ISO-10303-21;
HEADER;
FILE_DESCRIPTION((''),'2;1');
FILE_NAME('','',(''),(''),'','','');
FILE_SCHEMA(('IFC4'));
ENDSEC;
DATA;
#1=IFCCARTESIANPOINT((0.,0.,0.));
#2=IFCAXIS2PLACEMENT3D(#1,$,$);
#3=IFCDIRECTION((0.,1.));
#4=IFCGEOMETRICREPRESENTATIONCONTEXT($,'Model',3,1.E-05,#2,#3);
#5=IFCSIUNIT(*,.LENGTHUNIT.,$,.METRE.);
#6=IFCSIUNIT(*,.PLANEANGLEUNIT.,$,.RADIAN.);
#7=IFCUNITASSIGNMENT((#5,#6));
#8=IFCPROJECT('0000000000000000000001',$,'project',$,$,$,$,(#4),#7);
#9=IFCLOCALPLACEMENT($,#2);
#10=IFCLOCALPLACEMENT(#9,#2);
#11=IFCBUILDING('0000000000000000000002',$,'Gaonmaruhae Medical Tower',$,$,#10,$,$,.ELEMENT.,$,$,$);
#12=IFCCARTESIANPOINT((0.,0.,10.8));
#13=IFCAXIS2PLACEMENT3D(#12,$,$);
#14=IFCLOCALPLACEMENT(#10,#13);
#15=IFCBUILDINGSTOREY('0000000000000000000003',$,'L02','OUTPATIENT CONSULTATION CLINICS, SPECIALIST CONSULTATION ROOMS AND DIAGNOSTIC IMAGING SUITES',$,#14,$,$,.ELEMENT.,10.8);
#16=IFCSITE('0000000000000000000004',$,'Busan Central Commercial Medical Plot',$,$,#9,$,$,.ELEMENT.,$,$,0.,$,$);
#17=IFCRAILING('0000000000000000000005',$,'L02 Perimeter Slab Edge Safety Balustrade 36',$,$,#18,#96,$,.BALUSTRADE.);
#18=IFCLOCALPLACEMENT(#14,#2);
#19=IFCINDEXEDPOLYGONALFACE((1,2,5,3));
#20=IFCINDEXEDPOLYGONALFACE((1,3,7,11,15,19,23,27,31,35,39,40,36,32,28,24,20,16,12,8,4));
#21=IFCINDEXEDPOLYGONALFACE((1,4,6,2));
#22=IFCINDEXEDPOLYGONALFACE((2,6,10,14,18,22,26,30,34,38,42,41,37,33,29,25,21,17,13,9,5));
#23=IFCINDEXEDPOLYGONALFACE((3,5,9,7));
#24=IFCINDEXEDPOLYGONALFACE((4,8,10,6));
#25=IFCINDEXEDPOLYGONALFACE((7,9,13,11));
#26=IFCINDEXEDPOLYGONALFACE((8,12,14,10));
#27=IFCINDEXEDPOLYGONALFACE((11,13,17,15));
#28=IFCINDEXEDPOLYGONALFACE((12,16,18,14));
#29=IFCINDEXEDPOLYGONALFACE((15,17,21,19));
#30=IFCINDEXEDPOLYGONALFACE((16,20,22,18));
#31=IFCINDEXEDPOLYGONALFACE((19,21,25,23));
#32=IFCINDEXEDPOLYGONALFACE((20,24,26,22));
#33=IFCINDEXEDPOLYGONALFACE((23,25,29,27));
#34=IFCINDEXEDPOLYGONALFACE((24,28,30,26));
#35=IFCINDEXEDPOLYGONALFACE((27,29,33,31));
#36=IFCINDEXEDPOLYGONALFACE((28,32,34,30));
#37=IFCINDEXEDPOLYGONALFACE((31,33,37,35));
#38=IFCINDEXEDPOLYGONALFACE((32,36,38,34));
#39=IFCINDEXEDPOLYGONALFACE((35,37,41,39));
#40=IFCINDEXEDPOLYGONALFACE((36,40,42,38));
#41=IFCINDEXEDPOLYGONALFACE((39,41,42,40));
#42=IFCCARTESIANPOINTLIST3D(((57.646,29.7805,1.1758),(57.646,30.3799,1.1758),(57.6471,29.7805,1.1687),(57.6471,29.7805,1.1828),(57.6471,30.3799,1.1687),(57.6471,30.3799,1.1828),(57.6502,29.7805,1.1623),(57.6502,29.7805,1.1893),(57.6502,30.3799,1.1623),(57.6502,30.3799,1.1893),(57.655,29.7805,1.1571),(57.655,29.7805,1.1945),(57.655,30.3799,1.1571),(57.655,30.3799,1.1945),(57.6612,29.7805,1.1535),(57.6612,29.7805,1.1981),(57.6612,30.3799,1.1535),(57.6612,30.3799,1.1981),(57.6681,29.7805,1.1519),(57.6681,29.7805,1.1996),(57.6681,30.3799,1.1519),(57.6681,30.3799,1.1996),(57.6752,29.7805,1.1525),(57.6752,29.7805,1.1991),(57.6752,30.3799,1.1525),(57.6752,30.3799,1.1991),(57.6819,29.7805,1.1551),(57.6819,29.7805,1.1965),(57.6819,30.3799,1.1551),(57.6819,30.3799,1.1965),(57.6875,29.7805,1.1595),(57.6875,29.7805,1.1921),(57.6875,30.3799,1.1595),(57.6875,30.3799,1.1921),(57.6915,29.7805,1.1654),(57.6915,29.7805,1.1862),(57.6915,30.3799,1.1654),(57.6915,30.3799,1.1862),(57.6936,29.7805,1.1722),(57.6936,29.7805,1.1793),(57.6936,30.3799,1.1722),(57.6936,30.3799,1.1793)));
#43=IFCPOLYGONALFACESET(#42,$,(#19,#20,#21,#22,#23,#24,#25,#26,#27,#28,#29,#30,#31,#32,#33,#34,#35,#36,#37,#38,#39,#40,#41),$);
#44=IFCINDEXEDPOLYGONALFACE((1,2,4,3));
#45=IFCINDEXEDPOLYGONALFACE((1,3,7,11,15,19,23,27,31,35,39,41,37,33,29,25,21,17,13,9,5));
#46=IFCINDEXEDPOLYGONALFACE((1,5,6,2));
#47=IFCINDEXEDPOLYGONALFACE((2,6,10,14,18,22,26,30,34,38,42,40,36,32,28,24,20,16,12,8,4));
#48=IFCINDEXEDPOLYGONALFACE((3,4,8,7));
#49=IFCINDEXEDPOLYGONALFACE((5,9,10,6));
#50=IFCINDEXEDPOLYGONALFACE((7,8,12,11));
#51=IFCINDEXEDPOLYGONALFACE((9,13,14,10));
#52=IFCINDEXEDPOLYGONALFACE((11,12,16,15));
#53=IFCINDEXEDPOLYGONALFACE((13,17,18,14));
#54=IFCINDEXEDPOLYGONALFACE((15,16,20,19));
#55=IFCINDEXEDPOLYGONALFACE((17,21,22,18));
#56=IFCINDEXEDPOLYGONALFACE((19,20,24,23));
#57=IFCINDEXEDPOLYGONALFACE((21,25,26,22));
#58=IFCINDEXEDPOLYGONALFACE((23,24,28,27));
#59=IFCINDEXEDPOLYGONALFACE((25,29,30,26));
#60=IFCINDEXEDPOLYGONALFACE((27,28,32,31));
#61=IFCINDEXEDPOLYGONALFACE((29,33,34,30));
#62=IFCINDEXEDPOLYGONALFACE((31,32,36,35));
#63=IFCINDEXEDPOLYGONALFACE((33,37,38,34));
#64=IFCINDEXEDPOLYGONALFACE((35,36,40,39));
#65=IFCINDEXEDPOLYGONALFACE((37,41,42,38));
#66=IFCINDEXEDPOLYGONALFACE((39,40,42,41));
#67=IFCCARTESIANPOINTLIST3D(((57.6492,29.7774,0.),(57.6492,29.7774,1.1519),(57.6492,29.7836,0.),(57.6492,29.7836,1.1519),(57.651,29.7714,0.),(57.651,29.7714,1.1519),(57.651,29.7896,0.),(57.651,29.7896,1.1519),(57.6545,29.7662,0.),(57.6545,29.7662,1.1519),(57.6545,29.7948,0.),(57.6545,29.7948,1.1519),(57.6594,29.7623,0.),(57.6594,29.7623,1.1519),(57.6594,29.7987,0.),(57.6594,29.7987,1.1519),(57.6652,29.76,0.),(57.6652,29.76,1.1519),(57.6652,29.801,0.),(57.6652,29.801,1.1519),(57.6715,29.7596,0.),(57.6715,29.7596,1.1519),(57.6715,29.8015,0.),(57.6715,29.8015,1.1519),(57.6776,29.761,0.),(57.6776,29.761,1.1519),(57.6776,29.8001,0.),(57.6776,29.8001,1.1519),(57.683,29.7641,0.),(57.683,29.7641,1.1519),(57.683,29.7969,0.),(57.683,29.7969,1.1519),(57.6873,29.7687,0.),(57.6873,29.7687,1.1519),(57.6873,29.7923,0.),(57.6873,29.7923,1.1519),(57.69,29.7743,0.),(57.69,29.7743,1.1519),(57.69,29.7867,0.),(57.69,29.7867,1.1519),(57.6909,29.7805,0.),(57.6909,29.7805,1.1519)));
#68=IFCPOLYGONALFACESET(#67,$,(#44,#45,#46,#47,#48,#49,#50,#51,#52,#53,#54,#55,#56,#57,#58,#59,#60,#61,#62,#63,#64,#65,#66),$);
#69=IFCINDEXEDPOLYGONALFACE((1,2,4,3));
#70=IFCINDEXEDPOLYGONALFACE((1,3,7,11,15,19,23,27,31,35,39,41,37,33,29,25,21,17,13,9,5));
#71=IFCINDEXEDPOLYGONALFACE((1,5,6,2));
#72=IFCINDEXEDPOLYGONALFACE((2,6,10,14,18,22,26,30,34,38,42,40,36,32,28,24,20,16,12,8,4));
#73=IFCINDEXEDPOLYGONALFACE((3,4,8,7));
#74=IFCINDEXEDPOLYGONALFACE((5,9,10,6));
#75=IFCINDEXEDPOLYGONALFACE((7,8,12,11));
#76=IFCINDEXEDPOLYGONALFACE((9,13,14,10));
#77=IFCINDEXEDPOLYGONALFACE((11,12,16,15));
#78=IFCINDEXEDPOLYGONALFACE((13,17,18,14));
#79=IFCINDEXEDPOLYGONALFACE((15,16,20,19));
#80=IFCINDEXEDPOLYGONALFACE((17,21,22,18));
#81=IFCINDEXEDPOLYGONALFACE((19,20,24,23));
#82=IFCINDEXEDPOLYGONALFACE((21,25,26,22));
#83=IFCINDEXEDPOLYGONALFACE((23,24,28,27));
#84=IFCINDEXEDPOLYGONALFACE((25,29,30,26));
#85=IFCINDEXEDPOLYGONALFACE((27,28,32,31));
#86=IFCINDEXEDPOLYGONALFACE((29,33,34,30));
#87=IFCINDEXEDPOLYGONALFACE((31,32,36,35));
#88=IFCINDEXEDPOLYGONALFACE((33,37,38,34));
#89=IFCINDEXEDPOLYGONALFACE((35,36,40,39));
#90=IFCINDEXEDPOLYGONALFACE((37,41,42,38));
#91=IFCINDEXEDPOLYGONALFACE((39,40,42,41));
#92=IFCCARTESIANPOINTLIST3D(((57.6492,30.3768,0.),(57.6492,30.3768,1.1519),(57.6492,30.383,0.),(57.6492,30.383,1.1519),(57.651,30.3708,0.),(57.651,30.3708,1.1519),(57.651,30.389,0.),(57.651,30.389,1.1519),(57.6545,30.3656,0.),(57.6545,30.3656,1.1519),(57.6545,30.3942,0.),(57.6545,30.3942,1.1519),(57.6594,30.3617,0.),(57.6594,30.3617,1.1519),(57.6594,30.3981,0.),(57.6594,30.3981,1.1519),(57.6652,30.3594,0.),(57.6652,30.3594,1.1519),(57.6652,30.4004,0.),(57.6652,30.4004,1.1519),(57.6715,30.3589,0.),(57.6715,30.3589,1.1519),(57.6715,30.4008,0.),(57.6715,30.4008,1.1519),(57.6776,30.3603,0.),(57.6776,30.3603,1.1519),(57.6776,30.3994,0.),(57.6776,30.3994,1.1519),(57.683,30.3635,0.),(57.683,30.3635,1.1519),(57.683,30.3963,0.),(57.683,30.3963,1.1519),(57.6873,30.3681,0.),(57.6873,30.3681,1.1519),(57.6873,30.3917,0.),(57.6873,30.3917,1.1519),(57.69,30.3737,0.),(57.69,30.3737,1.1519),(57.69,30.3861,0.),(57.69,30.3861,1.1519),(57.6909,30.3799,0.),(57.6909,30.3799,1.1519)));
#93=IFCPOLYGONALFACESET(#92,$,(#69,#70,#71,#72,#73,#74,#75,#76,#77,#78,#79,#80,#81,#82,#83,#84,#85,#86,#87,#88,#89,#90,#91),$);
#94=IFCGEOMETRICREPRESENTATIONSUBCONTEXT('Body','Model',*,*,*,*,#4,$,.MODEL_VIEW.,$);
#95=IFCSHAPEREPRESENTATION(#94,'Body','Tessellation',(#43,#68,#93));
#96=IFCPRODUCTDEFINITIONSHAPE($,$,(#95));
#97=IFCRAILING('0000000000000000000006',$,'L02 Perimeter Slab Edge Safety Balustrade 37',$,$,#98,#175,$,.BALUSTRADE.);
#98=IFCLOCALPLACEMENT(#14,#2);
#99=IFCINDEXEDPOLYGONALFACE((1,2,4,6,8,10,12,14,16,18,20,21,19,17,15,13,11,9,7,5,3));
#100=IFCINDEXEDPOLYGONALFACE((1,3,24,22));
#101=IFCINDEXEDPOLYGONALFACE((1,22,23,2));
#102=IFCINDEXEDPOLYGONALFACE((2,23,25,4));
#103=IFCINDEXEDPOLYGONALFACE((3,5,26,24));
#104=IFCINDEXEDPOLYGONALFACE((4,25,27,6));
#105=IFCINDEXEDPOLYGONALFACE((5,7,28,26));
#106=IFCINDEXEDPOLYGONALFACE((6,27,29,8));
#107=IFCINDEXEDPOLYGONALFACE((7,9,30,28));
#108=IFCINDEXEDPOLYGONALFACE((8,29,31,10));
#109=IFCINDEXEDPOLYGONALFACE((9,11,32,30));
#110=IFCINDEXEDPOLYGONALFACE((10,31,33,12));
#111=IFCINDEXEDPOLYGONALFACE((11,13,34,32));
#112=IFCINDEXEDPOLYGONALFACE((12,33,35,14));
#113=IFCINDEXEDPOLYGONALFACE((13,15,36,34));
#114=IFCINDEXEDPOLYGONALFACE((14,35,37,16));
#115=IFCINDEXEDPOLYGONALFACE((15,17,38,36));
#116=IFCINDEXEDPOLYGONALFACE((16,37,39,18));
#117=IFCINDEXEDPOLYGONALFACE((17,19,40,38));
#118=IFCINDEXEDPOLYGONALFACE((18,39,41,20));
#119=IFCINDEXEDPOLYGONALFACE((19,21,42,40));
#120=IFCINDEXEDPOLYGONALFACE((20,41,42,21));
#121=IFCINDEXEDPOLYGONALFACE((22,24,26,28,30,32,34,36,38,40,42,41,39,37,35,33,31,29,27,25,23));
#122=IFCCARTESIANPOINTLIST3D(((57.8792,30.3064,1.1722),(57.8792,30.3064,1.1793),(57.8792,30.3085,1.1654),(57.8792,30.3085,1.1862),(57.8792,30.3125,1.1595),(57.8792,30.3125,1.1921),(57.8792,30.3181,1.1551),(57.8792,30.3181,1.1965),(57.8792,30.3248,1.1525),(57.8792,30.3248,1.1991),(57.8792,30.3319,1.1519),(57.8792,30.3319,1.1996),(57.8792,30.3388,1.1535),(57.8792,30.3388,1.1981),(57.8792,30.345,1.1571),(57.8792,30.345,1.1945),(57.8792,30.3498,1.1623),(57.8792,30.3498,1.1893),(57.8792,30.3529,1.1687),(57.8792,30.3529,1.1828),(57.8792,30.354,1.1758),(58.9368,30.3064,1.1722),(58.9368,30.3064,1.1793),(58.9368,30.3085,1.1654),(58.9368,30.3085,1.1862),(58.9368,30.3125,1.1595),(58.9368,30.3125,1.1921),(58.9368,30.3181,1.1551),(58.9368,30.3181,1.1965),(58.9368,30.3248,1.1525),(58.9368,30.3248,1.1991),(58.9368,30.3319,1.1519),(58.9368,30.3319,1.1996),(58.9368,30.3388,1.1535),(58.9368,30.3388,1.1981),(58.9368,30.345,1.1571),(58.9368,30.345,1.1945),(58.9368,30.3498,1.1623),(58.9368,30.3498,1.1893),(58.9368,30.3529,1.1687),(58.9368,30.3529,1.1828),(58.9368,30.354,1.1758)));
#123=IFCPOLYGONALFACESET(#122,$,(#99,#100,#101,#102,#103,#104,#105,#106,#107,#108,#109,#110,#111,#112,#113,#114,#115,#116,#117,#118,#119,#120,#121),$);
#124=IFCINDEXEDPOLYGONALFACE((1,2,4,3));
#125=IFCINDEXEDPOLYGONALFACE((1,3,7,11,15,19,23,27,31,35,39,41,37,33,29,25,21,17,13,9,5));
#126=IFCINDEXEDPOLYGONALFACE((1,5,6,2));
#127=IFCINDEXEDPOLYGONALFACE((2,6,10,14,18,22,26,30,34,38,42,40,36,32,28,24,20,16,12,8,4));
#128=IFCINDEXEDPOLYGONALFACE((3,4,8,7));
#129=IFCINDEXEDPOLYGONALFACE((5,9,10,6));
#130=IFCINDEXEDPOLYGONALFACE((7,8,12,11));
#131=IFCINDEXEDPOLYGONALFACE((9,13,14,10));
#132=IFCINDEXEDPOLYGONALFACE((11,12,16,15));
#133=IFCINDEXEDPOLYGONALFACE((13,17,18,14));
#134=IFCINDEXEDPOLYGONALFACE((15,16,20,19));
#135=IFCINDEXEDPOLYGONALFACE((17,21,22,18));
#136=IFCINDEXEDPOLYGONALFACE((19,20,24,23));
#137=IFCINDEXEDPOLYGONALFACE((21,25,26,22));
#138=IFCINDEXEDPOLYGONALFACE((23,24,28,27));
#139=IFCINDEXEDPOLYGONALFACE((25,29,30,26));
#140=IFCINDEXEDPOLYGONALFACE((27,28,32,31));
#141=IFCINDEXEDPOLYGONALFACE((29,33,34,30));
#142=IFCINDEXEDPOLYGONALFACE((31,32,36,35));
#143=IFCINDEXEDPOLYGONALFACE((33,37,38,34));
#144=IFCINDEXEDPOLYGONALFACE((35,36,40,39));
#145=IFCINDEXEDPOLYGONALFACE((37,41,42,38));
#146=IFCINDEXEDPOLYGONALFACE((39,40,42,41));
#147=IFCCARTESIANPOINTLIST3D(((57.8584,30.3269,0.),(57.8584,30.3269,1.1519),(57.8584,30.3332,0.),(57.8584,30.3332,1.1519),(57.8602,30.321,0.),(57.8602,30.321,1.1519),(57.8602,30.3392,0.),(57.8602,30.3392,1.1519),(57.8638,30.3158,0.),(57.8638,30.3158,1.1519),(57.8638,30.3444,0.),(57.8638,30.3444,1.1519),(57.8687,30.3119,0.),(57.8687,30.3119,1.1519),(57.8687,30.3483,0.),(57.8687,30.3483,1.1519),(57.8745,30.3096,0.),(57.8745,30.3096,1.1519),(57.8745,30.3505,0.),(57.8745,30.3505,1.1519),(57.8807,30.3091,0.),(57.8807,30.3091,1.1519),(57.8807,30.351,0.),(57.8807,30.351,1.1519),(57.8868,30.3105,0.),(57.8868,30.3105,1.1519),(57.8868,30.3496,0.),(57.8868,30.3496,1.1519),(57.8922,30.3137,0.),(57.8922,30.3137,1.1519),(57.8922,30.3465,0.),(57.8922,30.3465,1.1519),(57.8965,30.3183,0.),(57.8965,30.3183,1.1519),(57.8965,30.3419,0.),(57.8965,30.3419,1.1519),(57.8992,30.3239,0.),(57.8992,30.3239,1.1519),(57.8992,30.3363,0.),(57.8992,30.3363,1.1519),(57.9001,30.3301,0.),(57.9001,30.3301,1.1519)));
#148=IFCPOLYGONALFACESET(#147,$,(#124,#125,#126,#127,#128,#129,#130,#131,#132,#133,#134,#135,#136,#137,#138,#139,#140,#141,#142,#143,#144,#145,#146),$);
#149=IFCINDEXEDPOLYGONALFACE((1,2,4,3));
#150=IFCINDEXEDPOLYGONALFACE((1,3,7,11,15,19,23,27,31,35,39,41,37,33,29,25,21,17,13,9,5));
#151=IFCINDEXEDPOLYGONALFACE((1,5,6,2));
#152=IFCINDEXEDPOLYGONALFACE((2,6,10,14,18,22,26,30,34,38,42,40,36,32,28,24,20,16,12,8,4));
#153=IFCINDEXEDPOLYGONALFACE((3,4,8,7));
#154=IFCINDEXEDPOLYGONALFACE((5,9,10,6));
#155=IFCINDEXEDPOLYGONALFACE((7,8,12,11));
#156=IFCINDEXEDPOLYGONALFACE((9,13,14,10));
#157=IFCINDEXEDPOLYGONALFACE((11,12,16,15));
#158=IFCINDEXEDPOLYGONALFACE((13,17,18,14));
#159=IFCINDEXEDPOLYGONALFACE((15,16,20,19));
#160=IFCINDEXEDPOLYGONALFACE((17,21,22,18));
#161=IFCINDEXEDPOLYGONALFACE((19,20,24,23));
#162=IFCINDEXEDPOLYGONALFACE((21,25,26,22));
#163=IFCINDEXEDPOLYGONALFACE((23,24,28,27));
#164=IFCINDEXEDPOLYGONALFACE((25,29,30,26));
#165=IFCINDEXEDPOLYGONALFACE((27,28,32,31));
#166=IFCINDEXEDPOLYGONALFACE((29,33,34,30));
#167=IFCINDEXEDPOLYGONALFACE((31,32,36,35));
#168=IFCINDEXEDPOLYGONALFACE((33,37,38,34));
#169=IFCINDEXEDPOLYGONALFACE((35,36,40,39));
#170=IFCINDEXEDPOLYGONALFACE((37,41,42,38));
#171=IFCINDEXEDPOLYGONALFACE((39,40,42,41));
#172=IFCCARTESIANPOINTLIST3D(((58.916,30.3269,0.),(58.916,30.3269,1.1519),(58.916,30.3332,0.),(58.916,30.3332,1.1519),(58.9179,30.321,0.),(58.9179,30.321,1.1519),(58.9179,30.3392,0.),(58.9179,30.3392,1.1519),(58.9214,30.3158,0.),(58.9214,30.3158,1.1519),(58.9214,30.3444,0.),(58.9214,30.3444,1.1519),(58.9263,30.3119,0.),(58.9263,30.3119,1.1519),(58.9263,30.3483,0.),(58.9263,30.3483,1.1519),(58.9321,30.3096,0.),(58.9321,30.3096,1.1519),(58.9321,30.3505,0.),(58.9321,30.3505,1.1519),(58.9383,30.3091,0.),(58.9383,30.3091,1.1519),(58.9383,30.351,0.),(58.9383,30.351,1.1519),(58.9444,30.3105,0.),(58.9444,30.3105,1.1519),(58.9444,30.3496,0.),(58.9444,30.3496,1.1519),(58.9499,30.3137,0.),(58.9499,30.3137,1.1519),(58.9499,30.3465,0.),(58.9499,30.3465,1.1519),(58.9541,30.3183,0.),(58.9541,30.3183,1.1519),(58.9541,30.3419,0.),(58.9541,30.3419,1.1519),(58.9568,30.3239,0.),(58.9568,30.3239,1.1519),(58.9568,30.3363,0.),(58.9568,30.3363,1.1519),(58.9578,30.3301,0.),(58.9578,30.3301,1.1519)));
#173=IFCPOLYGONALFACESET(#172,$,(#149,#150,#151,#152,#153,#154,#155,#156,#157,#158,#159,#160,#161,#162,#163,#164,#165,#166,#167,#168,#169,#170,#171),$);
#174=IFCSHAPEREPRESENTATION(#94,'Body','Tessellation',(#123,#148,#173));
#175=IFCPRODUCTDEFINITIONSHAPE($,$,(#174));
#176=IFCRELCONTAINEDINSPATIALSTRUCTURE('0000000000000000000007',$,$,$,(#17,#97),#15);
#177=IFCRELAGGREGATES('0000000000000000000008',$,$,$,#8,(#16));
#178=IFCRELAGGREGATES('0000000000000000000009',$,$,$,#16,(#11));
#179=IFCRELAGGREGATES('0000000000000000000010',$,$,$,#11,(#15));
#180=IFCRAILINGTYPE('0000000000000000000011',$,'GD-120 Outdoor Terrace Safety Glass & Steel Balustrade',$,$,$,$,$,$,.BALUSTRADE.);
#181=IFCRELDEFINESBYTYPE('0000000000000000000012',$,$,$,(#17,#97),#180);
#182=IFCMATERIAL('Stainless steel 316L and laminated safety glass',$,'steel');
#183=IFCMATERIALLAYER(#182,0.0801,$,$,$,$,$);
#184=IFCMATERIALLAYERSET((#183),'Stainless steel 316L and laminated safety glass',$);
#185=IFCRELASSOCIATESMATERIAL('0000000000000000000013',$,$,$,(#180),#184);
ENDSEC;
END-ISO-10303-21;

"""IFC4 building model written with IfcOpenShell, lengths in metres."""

from ifc_helpers import new_model, si_unit, direction, frame, origin, origin_2d, place, context, subcontext, project, spatial, circle, extrude, material, layer, layer_set, type_object, element, save


model = new_model("IFC4")

# Units and contexts
model_context = context("Model", 3, precision=1e-05, world=origin(), true_north=direction((0.0, 1.0)))
body_context = subcontext(model_context, "Body", "Model", "MODEL_VIEW")
ifc_project = project(units=[si_unit("LENGTHUNIT", "METRE"), si_unit("PLANEANGLEUNIT", "RADIAN")], contexts=[model_context])

# Site, building, storey
site_placement = place(None, origin())
site = spatial("IfcSite", under=ifc_project, at=site_placement, Name="Busan Central Commercial Medical Plot", CompositionType="ELEMENT", RefElevation=0.0)
building_placement = place(site_placement, origin())
building = spatial("IfcBuilding", under=site, at=building_placement, Name="Gaonmaruhae Medical Tower", CompositionType="ELEMENT")
storey_placement = place(building_placement, frame((0.0, 0.0, 10.8)))
storey = spatial("IfcBuildingStorey", under=building, at=storey_placement, Name="L02", Description="OUTPATIENT CONSULTATION CLINICS, SPECIALIST CONSULTATION ROOMS AND DIAGNOSTIC IMAGING SUITES", CompositionType="ELEMENT", Elevation=10.8)

# Railings
ifc_material_1 = material(Name="Stainless steel 316L and laminated safety glass", Category="steel")
ifc_layer_1 = layer(ifc_material_1, 0.0801)
ifc_layer_set_1 = layer_set([ifc_layer_1], Name="Stainless steel 316L and laminated safety glass")
railing_type = type_object("IfcRailingType", Name="GD-120 Outdoor Terrace Safety Glass & Steel Balustrade", PredefinedType="BALUSTRADE", material=ifc_layer_set_1)
railing_1_placement = place(storey_placement, frame((57.6699, 29.7805, 0.0)))
element("IfcRailing", 1, at=railing_1_placement, inside=storey, type_object=railing_type, Name="L02 Perimeter Slab Edge Safety Balustrade 36", PredefinedType="BALUSTRADE", context=body_context, shape_type="SweptSolid", body=[
    extrude(circle(Radius=0.0239, at=origin_2d()), frame((0.0, 0.0, 1.1758), z_axis=(0.0, 1.0, 0.0), x_axis=(-1.0, 0.0, 0.0)), (0.0, 0.0, 1.0), 0.5994),
    extrude(circle(Radius=0.021, at=origin_2d()), origin(), (0.0, 0.0, 1.0), 1.1519),
    extrude(circle(Radius=0.021, at=origin_2d()), frame((0.0, 0.5994, 0.0)), (0.0, 0.0, 1.0), 1.1519),
])
railing_2_placement = place(storey_placement, frame((57.8792, 30.3301, 0.0)))
element("IfcRailing", 2, at=railing_2_placement, inside=storey, type_object=railing_type, Name="L02 Perimeter Slab Edge Safety Balustrade 37", PredefinedType="BALUSTRADE", context=body_context, shape_type="SweptSolid", body=[
    extrude(circle(Radius=0.0239, at=origin_2d()), frame((0.0, 0.0, 1.1758), z_axis=(1.0, 0.0, 0.0), x_axis=(0.0, 1.0, 0.0)), (0.0, 0.0, 1.0), 1.0576),
    extrude(circle(Radius=0.021, at=origin_2d()), origin(), (0.0, 0.0, 1.0), 1.1519),
    extrude(circle(Radius=0.021, at=origin_2d()), frame((1.0576, 0.0, 0.0)), (0.0, 0.0, 1.0), 1.1519),
])

save(model, "model.ifc")
